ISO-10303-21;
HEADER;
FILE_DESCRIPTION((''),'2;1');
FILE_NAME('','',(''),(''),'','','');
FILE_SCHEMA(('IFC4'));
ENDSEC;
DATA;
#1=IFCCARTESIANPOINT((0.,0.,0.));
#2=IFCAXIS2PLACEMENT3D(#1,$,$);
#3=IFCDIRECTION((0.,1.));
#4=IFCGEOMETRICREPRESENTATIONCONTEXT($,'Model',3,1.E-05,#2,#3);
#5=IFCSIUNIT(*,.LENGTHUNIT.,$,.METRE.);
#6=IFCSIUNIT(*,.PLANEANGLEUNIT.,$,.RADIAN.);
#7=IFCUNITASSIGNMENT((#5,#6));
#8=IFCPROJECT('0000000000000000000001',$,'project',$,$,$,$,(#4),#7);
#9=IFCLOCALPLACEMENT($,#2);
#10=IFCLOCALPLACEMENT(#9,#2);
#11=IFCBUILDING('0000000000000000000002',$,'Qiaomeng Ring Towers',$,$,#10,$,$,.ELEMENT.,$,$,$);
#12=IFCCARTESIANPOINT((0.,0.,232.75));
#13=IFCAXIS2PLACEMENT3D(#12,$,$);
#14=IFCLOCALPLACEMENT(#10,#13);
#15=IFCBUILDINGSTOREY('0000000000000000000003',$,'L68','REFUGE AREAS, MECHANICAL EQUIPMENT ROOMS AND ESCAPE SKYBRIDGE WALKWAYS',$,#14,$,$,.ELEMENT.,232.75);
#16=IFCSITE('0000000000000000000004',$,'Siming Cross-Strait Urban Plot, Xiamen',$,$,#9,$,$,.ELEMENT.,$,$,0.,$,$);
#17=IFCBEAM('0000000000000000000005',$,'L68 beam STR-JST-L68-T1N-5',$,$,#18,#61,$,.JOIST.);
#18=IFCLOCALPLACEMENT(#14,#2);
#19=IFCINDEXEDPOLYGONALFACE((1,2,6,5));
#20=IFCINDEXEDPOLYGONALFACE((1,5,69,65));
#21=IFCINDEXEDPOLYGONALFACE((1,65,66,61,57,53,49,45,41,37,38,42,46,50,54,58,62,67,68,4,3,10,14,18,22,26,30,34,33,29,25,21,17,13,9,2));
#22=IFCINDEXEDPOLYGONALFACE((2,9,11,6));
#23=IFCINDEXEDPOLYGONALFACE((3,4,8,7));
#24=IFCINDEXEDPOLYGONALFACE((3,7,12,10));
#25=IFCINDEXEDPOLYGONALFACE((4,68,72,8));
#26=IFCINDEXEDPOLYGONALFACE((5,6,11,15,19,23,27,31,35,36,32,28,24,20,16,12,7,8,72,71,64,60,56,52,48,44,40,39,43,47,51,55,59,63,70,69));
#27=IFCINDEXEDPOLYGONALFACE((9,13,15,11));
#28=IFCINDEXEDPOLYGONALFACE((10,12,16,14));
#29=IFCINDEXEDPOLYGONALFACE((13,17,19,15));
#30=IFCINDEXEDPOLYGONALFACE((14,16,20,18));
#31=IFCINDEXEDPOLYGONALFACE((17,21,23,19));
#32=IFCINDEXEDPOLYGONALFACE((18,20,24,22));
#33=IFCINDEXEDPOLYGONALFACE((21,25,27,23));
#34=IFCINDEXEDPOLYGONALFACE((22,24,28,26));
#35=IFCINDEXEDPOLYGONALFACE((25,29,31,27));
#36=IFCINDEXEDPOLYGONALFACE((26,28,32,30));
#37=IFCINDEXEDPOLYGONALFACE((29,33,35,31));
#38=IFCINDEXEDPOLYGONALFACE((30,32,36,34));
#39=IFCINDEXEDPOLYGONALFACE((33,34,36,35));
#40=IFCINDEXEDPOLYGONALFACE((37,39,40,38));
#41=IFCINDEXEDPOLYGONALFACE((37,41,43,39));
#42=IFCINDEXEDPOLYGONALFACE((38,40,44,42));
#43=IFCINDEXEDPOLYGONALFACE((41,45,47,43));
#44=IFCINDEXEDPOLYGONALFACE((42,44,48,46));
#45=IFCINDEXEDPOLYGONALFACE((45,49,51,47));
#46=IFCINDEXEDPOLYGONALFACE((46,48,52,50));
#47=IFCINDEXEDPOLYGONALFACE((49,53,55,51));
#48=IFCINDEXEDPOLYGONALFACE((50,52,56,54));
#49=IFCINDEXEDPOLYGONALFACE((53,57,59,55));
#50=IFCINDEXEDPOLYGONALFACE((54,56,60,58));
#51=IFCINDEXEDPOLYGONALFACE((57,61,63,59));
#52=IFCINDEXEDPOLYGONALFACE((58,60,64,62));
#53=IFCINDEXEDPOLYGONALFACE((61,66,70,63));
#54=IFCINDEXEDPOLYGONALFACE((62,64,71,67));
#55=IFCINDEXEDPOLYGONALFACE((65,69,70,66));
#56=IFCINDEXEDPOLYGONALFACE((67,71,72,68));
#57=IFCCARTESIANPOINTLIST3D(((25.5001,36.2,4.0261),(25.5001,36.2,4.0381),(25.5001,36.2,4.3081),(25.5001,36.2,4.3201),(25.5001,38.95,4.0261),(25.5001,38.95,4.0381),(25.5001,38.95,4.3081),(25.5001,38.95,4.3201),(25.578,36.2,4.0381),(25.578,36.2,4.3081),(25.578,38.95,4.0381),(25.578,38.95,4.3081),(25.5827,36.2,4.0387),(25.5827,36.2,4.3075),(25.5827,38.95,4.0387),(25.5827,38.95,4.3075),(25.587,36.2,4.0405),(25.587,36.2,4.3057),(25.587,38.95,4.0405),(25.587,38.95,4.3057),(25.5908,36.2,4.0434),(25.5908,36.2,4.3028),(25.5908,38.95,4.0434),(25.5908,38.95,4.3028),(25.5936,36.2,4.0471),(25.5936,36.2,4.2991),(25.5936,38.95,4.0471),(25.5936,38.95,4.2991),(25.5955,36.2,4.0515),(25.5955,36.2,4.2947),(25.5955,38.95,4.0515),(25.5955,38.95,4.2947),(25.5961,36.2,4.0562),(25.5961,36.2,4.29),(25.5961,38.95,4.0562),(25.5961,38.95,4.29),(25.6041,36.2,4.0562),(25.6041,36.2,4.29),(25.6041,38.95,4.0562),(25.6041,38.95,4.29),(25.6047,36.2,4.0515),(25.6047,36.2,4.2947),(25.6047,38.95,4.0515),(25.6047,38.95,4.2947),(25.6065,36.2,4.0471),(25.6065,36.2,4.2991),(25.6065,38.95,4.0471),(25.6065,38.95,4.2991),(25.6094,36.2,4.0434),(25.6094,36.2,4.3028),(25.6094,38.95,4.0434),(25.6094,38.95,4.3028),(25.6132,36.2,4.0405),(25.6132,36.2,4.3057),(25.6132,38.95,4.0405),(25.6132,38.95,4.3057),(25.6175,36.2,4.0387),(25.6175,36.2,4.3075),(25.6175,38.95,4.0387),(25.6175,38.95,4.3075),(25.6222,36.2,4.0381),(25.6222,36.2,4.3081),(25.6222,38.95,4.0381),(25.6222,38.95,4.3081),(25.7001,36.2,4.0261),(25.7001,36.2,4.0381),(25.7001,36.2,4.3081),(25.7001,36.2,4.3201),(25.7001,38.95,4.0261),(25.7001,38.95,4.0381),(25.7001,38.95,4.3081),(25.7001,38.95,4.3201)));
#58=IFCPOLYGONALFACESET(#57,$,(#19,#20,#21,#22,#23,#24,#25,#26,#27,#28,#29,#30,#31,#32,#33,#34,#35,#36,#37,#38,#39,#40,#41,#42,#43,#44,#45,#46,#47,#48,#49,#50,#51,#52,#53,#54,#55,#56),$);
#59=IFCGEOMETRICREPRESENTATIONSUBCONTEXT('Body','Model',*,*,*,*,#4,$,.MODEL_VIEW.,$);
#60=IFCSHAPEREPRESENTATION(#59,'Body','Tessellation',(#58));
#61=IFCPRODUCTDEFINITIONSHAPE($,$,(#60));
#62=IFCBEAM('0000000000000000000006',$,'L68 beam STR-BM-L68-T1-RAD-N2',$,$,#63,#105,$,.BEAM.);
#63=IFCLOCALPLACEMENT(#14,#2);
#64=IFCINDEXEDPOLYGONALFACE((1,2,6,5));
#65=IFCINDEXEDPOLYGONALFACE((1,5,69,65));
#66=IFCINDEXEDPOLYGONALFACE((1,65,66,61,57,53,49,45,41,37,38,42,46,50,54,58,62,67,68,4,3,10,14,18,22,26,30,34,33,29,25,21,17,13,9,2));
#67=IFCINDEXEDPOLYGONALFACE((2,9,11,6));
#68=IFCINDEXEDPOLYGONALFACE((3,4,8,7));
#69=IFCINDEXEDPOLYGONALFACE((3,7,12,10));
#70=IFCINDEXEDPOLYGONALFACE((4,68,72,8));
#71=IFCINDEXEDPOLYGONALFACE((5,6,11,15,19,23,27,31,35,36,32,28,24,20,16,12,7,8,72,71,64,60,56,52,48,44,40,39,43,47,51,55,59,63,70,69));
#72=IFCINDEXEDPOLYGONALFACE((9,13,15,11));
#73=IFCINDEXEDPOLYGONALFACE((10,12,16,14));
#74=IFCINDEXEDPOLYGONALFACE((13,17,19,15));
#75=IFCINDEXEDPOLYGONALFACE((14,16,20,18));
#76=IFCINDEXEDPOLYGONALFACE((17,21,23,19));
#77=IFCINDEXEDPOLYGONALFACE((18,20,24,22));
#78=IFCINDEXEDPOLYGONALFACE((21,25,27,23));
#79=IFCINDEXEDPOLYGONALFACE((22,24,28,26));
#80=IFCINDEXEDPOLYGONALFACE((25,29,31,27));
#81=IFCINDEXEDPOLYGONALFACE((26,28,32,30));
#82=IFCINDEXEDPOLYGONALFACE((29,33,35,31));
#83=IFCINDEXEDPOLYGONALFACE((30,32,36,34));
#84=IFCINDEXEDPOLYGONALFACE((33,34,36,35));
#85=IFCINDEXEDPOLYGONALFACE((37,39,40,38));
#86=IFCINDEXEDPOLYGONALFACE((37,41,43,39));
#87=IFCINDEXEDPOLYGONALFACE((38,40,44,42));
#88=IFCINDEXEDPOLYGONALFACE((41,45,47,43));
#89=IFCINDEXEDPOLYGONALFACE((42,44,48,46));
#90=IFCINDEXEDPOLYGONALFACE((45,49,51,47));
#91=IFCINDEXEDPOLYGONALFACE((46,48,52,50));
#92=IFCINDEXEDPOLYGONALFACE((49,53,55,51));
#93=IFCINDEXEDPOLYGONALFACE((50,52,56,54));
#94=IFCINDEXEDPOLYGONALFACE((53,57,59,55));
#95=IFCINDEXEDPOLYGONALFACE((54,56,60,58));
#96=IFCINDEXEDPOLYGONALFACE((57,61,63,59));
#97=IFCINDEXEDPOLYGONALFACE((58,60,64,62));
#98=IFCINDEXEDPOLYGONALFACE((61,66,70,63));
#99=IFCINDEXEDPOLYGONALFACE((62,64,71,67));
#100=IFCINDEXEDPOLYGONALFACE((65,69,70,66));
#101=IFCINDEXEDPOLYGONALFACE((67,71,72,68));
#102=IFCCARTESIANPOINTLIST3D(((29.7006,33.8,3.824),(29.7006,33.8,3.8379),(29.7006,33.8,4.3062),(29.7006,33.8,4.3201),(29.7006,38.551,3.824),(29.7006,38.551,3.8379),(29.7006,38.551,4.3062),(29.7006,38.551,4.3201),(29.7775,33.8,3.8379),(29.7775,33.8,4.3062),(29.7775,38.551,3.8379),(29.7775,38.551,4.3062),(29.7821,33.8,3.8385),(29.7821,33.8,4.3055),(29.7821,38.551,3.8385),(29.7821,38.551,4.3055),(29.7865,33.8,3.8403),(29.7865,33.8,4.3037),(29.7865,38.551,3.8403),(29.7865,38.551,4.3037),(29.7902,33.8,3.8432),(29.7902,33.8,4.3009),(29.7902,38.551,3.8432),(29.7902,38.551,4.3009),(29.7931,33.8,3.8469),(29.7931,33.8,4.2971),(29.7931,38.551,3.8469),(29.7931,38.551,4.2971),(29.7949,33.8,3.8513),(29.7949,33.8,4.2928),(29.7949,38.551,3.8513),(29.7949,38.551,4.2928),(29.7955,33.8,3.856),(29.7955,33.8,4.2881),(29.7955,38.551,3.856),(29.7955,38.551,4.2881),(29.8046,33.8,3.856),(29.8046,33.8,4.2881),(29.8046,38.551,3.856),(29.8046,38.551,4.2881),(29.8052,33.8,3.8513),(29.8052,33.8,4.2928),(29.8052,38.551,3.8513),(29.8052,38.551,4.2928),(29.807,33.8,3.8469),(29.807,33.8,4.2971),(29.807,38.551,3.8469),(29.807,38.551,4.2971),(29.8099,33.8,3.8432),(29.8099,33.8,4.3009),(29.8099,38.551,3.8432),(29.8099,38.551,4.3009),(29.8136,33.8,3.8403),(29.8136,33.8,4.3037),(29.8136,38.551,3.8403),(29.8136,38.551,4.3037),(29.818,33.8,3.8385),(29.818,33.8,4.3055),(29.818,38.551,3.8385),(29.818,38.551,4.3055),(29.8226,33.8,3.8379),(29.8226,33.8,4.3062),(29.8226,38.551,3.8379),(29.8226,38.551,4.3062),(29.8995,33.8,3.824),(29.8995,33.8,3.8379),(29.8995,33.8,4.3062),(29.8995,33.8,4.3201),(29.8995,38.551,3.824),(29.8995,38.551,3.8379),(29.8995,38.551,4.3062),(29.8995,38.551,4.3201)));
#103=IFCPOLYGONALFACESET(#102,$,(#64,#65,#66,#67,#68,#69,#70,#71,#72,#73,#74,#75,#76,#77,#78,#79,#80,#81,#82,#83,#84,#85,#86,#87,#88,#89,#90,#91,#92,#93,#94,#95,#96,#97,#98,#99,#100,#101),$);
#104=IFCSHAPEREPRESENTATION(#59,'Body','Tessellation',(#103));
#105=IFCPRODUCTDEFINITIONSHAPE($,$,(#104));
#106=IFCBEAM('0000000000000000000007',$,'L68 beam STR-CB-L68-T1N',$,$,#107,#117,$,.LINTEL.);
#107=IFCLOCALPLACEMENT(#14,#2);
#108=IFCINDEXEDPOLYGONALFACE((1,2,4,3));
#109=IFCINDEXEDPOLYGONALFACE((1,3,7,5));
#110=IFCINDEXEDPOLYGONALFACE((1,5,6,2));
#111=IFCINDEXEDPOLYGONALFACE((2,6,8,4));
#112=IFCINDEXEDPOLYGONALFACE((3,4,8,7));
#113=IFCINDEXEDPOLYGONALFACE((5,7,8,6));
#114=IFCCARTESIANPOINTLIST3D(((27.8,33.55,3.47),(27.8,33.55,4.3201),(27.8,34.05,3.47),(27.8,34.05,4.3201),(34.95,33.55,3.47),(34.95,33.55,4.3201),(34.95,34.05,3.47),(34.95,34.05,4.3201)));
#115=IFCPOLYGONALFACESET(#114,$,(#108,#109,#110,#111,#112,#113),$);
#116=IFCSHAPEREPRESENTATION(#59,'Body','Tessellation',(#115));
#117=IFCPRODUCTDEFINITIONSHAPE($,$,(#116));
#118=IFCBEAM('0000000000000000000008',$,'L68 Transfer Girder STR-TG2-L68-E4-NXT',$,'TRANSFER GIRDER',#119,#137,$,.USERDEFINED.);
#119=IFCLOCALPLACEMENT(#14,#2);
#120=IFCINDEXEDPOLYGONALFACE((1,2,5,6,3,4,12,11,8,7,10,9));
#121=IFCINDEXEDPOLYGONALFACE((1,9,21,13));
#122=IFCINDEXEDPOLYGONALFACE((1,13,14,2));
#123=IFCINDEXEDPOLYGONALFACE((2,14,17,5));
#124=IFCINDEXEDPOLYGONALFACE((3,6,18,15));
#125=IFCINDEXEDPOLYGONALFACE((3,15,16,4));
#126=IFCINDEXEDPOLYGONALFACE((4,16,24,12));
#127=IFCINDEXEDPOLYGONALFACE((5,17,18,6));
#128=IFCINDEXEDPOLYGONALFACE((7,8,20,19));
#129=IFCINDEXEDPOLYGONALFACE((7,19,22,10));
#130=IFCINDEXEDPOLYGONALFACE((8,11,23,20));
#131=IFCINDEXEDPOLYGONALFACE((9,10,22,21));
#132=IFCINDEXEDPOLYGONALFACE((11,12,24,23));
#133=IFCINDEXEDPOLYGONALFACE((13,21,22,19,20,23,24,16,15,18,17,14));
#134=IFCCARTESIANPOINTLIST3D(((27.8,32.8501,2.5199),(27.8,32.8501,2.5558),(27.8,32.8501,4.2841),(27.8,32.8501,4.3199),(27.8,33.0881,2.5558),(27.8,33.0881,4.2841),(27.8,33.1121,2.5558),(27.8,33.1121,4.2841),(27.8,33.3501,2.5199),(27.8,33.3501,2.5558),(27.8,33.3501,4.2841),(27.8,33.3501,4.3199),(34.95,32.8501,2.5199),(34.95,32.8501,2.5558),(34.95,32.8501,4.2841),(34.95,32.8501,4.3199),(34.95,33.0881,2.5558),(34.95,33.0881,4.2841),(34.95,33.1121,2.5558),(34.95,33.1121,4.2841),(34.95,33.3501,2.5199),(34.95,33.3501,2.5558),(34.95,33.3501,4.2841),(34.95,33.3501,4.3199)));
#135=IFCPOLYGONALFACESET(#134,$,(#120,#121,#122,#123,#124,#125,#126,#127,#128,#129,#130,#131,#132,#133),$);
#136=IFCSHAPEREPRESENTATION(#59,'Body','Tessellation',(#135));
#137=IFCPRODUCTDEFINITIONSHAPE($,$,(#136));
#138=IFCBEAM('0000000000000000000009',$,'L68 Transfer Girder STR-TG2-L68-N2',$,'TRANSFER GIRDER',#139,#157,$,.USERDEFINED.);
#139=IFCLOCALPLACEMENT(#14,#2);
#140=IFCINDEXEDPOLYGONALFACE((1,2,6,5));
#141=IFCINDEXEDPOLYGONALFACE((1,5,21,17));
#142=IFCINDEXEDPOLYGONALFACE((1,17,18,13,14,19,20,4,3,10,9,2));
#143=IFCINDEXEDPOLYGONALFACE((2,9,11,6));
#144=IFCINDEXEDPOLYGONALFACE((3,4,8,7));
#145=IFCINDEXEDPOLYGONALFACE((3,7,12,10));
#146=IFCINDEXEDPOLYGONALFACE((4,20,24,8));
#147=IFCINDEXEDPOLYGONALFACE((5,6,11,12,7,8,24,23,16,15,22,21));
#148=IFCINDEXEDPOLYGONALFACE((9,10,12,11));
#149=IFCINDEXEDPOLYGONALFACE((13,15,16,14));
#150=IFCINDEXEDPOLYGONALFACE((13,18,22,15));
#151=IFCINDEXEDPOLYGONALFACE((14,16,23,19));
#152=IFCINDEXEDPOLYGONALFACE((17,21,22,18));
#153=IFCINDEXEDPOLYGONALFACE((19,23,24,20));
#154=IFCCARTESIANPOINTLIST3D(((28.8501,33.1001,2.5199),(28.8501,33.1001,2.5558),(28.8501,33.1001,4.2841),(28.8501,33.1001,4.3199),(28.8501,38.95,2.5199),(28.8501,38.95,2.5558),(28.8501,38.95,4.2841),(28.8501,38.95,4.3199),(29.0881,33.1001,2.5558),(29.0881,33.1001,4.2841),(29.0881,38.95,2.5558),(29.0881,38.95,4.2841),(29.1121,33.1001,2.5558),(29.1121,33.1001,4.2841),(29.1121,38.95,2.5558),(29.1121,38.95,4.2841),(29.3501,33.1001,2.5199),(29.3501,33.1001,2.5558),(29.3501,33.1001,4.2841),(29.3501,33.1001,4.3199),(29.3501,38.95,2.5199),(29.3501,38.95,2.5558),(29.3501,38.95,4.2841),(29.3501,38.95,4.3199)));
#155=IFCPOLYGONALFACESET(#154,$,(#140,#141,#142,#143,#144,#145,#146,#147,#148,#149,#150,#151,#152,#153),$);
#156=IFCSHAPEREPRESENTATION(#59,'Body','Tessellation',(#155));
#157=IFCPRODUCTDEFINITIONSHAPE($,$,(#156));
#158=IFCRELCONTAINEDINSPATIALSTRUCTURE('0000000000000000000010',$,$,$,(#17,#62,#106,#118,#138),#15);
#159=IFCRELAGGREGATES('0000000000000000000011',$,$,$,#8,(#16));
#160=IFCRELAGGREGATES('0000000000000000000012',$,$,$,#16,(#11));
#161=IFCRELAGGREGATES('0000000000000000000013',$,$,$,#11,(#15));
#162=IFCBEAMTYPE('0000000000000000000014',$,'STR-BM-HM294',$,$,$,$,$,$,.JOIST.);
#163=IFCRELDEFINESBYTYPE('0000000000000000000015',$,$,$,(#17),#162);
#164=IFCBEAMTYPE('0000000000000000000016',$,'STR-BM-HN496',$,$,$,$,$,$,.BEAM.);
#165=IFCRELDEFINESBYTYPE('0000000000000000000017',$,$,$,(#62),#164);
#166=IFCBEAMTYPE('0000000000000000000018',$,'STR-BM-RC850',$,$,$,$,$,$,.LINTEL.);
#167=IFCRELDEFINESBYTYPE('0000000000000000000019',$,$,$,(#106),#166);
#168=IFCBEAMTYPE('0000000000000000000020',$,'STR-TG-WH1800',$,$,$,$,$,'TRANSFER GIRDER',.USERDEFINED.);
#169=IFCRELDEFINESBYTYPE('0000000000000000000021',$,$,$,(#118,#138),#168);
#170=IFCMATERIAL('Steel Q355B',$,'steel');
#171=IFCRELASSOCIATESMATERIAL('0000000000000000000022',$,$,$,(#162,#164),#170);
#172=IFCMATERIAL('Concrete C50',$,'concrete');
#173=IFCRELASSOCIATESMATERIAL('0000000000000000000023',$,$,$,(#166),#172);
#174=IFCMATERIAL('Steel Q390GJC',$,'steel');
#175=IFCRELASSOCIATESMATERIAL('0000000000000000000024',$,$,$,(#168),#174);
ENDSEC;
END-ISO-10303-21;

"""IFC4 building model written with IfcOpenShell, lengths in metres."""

from ifc_helpers import new_model, si_unit, direction, frame, origin, origin_2d, place, context, subcontext, project, spatial, rectangle, i_section, extrude, source, transform, mapped, material, material_profile, profile_set, type_object, element, save


model = new_model("IFC4")

# Units and contexts
model_context = context("Model", 3, precision=1e-05, world=origin(), true_north=direction((0.0, 1.0)))
body_context = subcontext(model_context, "Body", "Model", "MODEL_VIEW")
ifc_project = project(units=[si_unit("LENGTHUNIT", "METRE"), si_unit("PLANEANGLEUNIT", "RADIAN")], contexts=[model_context])

# Site, building, storey
site_placement = place(None, origin())
site = spatial("IfcSite", under=ifc_project, at=site_placement, Name="Siming Cross-Strait Urban Plot, Xiamen", CompositionType="ELEMENT", RefElevation=0.0)
building_placement = place(site_placement, origin())
building = spatial("IfcBuilding", under=site, at=building_placement, Name="Qiaomeng Ring Towers", CompositionType="ELEMENT")
storey_placement = place(building_placement, frame((0.0, 0.0, 232.75)))
storey = spatial("IfcBuildingStorey", under=building, at=storey_placement, Name="L68", Description="REFUGE AREAS, MECHANICAL EQUIPMENT ROOMS AND ESCAPE SKYBRIDGE WALKWAYS", CompositionType="ELEMENT", Elevation=232.75)

# Shared definitions
ifc_material_1 = material(Name="Steel Q390GJC", Category="steel")

# Beams
ifc_material_2 = material(Name="Steel Q355B", Category="steel")
ifc_material_profile_1 = material_profile(ifc_material_2, i_section(OverallWidth=0.2, OverallDepth=0.2939, WebThickness=0.0081, FlangeThickness=0.012, FilletRadius=0.0181, at=origin_2d()), Name="HM 294x200x8x12")
ifc_profile_set_1 = profile_set([ifc_material_profile_1], Name="Steel Q355B")
beam_type_1 = type_object("IfcBeamType", Name="STR-BM-HM294", PredefinedType="JOIST", material=ifc_profile_set_1)
shared_shape_1 = source(origin(), body_context, "Body", "SweptSolid", [
    extrude(i_section(OverallWidth=0.2, OverallDepth=0.2939, WebThickness=0.0081, FlangeThickness=0.012, FilletRadius=0.0181, at=origin_2d()), origin(), (0.0, 0.0, 1.0), 2.75),
])
for number, where, z_axis, x_axis, name in (
    (1, (25.6001, 36.2, 4.1731), (0.0, 1.0, 0.0), (-1.0, 0.0, 0.0), "L68 beam STR-JST-L68-T1N-5"),
):
    element("IfcBeam", number, at=place(storey_placement, frame(where, z_axis=z_axis, x_axis=x_axis)), inside=storey, type_object=beam_type_1, Name=name, PredefinedType="JOIST", context=body_context, shape_type="MappedRepresentation", body=[
        mapped(shared_shape_1, transform((0.0, 0.0, 0.0), x_axis=(1.0, 0.0, 0.0), y_axis=(0.0, 1.0, 0.0), z_axis=(0.0, 0.0, 1.0), scale=1.0)),
    ])
ifc_material_profile_2 = material_profile(ifc_material_2, i_section(OverallWidth=0.199, OverallDepth=0.4961, WebThickness=0.009, FlangeThickness=0.0139, FilletRadius=0.0181, at=origin_2d()), Name="HN 496x199x9x14")
ifc_profile_set_2 = profile_set([ifc_material_profile_2], Name="Steel Q355B")
beam_type_2 = type_object("IfcBeamType", Name="STR-BM-HN496", PredefinedType="BEAM", material=ifc_profile_set_2)
shared_shape_2 = source(origin(), body_context, "Body", "SweptSolid", [
    extrude(i_section(OverallWidth=0.199, OverallDepth=0.4961, WebThickness=0.009, FlangeThickness=0.0139, FilletRadius=0.0181, at=origin_2d()), origin(), (0.0, 0.0, 1.0), 4.751),
])
beam_1_placement = place(storey_placement, frame((29.8, 38.551, 4.072), z_axis=(0.0, -1.0, 0.0), x_axis=(1.0, 0.0, 0.0)))
element("IfcBeam", 2, at=beam_1_placement, inside=storey, type_object=beam_type_2, Name="L68 beam STR-BM-L68-T1-RAD-N2", PredefinedType="BEAM", context=body_context, shape_type="MappedRepresentation", body=[
    mapped(shared_shape_2, transform((0.0, 0.0, 0.0), x_axis=(1.0, 0.0, 0.0), y_axis=(0.0, 1.0, 0.0), z_axis=(0.0, 0.0, 1.0), scale=1.0)),
])
ifc_material_3 = material(Name="Concrete C50", Category="concrete")
ifc_material_profile_3 = material_profile(ifc_material_3, rectangle(XDim=0.5, YDim=0.8501, at=origin_2d()), Name="RC BM 500x850")
ifc_profile_set_3 = profile_set([ifc_material_profile_3], Name="Concrete C50")
beam_type_3 = type_object("IfcBeamType", Name="STR-BM-RC850", PredefinedType="LINTEL", material=ifc_profile_set_3)
shared_shape_3 = source(origin(), body_context, "Body", "SweptSolid", [
    extrude(rectangle(XDim=0.5, YDim=0.8501, at=origin_2d()), origin(), (0.0, 0.0, 1.0), 7.1499),
])
beam_2_placement = place(storey_placement, frame((27.8, 33.8, 3.895), z_axis=(1.0, 0.0, 0.0), x_axis=(0.0, 1.0, 0.0)))
element("IfcBeam", 3, at=beam_2_placement, inside=storey, type_object=beam_type_3, Name="L68 beam STR-CB-L68-T1N", PredefinedType="LINTEL", context=body_context, shape_type="MappedRepresentation", body=[
    mapped(shared_shape_3, transform((0.0, 0.0, 0.0), x_axis=(1.0, 0.0, 0.0), y_axis=(0.0, 1.0, 0.0), z_axis=(0.0, 0.0, 1.0), scale=1.0)),
])
ifc_material_profile_4 = material_profile(ifc_material_1, i_section(OverallWidth=0.5, OverallDepth=1.8, WebThickness=0.0239, FlangeThickness=0.0359, at=origin_2d()), Name="WH 1800x500x24x36")
ifc_profile_set_4 = profile_set([ifc_material_profile_4], Name="Steel Q390GJC")
beam_type_4 = type_object("IfcBeamType", Name="STR-TG-WH1800", ElementType="TRANSFER GIRDER", PredefinedType="USERDEFINED", material=ifc_profile_set_4)
shared_shape_4 = source(origin(), body_context, "Body", "SweptSolid", [
    extrude(i_section(OverallWidth=0.5, OverallDepth=1.8, WebThickness=0.0239, FlangeThickness=0.0359, at=origin_2d()), origin(), (0.0, 0.0, 1.0), 7.1499),
])
beam_3_placement = place(storey_placement, frame((27.8, 33.1001, 3.4199), z_axis=(1.0, 0.0, 0.0), x_axis=(0.0, 1.0, 0.0)))
element("IfcBeam", 4, at=beam_3_placement, inside=storey, type_object=beam_type_4, Name="L68 Transfer Girder STR-TG2-L68-E4-NXT", ObjectType="TRANSFER GIRDER", PredefinedType="USERDEFINED", context=body_context, shape_type="MappedRepresentation", body=[
    mapped(shared_shape_4, transform((0.0, 0.0, 0.0), x_axis=(1.0, 0.0, 0.0), y_axis=(0.0, 1.0, 0.0), z_axis=(0.0, 0.0, 1.0), scale=1.0)),
])
shared_shape_5 = source(origin(), body_context, "Body", "SweptSolid", [
    extrude(i_section(OverallWidth=0.5, OverallDepth=1.8, WebThickness=0.0239, FlangeThickness=0.0359, at=origin_2d()), origin(), (0.0, 0.0, 1.0), 5.8499),
])
beam_4_placement = place(storey_placement, frame((29.1001, 38.95, 3.4199), z_axis=(0.0, -1.0, 0.0), x_axis=(1.0, 0.0, 0.0)))
element("IfcBeam", 5, at=beam_4_placement, inside=storey, type_object=beam_type_4, Name="L68 Transfer Girder STR-TG2-L68-N2", ObjectType="TRANSFER GIRDER", PredefinedType="USERDEFINED", context=body_context, shape_type="MappedRepresentation", body=[
    mapped(shared_shape_5, transform((0.0, 0.0, 0.0), x_axis=(1.0, 0.0, 0.0), y_axis=(0.0, 1.0, 0.0), z_axis=(0.0, 0.0, 1.0), scale=1.0)),
])

save(model, "model.ifc")
